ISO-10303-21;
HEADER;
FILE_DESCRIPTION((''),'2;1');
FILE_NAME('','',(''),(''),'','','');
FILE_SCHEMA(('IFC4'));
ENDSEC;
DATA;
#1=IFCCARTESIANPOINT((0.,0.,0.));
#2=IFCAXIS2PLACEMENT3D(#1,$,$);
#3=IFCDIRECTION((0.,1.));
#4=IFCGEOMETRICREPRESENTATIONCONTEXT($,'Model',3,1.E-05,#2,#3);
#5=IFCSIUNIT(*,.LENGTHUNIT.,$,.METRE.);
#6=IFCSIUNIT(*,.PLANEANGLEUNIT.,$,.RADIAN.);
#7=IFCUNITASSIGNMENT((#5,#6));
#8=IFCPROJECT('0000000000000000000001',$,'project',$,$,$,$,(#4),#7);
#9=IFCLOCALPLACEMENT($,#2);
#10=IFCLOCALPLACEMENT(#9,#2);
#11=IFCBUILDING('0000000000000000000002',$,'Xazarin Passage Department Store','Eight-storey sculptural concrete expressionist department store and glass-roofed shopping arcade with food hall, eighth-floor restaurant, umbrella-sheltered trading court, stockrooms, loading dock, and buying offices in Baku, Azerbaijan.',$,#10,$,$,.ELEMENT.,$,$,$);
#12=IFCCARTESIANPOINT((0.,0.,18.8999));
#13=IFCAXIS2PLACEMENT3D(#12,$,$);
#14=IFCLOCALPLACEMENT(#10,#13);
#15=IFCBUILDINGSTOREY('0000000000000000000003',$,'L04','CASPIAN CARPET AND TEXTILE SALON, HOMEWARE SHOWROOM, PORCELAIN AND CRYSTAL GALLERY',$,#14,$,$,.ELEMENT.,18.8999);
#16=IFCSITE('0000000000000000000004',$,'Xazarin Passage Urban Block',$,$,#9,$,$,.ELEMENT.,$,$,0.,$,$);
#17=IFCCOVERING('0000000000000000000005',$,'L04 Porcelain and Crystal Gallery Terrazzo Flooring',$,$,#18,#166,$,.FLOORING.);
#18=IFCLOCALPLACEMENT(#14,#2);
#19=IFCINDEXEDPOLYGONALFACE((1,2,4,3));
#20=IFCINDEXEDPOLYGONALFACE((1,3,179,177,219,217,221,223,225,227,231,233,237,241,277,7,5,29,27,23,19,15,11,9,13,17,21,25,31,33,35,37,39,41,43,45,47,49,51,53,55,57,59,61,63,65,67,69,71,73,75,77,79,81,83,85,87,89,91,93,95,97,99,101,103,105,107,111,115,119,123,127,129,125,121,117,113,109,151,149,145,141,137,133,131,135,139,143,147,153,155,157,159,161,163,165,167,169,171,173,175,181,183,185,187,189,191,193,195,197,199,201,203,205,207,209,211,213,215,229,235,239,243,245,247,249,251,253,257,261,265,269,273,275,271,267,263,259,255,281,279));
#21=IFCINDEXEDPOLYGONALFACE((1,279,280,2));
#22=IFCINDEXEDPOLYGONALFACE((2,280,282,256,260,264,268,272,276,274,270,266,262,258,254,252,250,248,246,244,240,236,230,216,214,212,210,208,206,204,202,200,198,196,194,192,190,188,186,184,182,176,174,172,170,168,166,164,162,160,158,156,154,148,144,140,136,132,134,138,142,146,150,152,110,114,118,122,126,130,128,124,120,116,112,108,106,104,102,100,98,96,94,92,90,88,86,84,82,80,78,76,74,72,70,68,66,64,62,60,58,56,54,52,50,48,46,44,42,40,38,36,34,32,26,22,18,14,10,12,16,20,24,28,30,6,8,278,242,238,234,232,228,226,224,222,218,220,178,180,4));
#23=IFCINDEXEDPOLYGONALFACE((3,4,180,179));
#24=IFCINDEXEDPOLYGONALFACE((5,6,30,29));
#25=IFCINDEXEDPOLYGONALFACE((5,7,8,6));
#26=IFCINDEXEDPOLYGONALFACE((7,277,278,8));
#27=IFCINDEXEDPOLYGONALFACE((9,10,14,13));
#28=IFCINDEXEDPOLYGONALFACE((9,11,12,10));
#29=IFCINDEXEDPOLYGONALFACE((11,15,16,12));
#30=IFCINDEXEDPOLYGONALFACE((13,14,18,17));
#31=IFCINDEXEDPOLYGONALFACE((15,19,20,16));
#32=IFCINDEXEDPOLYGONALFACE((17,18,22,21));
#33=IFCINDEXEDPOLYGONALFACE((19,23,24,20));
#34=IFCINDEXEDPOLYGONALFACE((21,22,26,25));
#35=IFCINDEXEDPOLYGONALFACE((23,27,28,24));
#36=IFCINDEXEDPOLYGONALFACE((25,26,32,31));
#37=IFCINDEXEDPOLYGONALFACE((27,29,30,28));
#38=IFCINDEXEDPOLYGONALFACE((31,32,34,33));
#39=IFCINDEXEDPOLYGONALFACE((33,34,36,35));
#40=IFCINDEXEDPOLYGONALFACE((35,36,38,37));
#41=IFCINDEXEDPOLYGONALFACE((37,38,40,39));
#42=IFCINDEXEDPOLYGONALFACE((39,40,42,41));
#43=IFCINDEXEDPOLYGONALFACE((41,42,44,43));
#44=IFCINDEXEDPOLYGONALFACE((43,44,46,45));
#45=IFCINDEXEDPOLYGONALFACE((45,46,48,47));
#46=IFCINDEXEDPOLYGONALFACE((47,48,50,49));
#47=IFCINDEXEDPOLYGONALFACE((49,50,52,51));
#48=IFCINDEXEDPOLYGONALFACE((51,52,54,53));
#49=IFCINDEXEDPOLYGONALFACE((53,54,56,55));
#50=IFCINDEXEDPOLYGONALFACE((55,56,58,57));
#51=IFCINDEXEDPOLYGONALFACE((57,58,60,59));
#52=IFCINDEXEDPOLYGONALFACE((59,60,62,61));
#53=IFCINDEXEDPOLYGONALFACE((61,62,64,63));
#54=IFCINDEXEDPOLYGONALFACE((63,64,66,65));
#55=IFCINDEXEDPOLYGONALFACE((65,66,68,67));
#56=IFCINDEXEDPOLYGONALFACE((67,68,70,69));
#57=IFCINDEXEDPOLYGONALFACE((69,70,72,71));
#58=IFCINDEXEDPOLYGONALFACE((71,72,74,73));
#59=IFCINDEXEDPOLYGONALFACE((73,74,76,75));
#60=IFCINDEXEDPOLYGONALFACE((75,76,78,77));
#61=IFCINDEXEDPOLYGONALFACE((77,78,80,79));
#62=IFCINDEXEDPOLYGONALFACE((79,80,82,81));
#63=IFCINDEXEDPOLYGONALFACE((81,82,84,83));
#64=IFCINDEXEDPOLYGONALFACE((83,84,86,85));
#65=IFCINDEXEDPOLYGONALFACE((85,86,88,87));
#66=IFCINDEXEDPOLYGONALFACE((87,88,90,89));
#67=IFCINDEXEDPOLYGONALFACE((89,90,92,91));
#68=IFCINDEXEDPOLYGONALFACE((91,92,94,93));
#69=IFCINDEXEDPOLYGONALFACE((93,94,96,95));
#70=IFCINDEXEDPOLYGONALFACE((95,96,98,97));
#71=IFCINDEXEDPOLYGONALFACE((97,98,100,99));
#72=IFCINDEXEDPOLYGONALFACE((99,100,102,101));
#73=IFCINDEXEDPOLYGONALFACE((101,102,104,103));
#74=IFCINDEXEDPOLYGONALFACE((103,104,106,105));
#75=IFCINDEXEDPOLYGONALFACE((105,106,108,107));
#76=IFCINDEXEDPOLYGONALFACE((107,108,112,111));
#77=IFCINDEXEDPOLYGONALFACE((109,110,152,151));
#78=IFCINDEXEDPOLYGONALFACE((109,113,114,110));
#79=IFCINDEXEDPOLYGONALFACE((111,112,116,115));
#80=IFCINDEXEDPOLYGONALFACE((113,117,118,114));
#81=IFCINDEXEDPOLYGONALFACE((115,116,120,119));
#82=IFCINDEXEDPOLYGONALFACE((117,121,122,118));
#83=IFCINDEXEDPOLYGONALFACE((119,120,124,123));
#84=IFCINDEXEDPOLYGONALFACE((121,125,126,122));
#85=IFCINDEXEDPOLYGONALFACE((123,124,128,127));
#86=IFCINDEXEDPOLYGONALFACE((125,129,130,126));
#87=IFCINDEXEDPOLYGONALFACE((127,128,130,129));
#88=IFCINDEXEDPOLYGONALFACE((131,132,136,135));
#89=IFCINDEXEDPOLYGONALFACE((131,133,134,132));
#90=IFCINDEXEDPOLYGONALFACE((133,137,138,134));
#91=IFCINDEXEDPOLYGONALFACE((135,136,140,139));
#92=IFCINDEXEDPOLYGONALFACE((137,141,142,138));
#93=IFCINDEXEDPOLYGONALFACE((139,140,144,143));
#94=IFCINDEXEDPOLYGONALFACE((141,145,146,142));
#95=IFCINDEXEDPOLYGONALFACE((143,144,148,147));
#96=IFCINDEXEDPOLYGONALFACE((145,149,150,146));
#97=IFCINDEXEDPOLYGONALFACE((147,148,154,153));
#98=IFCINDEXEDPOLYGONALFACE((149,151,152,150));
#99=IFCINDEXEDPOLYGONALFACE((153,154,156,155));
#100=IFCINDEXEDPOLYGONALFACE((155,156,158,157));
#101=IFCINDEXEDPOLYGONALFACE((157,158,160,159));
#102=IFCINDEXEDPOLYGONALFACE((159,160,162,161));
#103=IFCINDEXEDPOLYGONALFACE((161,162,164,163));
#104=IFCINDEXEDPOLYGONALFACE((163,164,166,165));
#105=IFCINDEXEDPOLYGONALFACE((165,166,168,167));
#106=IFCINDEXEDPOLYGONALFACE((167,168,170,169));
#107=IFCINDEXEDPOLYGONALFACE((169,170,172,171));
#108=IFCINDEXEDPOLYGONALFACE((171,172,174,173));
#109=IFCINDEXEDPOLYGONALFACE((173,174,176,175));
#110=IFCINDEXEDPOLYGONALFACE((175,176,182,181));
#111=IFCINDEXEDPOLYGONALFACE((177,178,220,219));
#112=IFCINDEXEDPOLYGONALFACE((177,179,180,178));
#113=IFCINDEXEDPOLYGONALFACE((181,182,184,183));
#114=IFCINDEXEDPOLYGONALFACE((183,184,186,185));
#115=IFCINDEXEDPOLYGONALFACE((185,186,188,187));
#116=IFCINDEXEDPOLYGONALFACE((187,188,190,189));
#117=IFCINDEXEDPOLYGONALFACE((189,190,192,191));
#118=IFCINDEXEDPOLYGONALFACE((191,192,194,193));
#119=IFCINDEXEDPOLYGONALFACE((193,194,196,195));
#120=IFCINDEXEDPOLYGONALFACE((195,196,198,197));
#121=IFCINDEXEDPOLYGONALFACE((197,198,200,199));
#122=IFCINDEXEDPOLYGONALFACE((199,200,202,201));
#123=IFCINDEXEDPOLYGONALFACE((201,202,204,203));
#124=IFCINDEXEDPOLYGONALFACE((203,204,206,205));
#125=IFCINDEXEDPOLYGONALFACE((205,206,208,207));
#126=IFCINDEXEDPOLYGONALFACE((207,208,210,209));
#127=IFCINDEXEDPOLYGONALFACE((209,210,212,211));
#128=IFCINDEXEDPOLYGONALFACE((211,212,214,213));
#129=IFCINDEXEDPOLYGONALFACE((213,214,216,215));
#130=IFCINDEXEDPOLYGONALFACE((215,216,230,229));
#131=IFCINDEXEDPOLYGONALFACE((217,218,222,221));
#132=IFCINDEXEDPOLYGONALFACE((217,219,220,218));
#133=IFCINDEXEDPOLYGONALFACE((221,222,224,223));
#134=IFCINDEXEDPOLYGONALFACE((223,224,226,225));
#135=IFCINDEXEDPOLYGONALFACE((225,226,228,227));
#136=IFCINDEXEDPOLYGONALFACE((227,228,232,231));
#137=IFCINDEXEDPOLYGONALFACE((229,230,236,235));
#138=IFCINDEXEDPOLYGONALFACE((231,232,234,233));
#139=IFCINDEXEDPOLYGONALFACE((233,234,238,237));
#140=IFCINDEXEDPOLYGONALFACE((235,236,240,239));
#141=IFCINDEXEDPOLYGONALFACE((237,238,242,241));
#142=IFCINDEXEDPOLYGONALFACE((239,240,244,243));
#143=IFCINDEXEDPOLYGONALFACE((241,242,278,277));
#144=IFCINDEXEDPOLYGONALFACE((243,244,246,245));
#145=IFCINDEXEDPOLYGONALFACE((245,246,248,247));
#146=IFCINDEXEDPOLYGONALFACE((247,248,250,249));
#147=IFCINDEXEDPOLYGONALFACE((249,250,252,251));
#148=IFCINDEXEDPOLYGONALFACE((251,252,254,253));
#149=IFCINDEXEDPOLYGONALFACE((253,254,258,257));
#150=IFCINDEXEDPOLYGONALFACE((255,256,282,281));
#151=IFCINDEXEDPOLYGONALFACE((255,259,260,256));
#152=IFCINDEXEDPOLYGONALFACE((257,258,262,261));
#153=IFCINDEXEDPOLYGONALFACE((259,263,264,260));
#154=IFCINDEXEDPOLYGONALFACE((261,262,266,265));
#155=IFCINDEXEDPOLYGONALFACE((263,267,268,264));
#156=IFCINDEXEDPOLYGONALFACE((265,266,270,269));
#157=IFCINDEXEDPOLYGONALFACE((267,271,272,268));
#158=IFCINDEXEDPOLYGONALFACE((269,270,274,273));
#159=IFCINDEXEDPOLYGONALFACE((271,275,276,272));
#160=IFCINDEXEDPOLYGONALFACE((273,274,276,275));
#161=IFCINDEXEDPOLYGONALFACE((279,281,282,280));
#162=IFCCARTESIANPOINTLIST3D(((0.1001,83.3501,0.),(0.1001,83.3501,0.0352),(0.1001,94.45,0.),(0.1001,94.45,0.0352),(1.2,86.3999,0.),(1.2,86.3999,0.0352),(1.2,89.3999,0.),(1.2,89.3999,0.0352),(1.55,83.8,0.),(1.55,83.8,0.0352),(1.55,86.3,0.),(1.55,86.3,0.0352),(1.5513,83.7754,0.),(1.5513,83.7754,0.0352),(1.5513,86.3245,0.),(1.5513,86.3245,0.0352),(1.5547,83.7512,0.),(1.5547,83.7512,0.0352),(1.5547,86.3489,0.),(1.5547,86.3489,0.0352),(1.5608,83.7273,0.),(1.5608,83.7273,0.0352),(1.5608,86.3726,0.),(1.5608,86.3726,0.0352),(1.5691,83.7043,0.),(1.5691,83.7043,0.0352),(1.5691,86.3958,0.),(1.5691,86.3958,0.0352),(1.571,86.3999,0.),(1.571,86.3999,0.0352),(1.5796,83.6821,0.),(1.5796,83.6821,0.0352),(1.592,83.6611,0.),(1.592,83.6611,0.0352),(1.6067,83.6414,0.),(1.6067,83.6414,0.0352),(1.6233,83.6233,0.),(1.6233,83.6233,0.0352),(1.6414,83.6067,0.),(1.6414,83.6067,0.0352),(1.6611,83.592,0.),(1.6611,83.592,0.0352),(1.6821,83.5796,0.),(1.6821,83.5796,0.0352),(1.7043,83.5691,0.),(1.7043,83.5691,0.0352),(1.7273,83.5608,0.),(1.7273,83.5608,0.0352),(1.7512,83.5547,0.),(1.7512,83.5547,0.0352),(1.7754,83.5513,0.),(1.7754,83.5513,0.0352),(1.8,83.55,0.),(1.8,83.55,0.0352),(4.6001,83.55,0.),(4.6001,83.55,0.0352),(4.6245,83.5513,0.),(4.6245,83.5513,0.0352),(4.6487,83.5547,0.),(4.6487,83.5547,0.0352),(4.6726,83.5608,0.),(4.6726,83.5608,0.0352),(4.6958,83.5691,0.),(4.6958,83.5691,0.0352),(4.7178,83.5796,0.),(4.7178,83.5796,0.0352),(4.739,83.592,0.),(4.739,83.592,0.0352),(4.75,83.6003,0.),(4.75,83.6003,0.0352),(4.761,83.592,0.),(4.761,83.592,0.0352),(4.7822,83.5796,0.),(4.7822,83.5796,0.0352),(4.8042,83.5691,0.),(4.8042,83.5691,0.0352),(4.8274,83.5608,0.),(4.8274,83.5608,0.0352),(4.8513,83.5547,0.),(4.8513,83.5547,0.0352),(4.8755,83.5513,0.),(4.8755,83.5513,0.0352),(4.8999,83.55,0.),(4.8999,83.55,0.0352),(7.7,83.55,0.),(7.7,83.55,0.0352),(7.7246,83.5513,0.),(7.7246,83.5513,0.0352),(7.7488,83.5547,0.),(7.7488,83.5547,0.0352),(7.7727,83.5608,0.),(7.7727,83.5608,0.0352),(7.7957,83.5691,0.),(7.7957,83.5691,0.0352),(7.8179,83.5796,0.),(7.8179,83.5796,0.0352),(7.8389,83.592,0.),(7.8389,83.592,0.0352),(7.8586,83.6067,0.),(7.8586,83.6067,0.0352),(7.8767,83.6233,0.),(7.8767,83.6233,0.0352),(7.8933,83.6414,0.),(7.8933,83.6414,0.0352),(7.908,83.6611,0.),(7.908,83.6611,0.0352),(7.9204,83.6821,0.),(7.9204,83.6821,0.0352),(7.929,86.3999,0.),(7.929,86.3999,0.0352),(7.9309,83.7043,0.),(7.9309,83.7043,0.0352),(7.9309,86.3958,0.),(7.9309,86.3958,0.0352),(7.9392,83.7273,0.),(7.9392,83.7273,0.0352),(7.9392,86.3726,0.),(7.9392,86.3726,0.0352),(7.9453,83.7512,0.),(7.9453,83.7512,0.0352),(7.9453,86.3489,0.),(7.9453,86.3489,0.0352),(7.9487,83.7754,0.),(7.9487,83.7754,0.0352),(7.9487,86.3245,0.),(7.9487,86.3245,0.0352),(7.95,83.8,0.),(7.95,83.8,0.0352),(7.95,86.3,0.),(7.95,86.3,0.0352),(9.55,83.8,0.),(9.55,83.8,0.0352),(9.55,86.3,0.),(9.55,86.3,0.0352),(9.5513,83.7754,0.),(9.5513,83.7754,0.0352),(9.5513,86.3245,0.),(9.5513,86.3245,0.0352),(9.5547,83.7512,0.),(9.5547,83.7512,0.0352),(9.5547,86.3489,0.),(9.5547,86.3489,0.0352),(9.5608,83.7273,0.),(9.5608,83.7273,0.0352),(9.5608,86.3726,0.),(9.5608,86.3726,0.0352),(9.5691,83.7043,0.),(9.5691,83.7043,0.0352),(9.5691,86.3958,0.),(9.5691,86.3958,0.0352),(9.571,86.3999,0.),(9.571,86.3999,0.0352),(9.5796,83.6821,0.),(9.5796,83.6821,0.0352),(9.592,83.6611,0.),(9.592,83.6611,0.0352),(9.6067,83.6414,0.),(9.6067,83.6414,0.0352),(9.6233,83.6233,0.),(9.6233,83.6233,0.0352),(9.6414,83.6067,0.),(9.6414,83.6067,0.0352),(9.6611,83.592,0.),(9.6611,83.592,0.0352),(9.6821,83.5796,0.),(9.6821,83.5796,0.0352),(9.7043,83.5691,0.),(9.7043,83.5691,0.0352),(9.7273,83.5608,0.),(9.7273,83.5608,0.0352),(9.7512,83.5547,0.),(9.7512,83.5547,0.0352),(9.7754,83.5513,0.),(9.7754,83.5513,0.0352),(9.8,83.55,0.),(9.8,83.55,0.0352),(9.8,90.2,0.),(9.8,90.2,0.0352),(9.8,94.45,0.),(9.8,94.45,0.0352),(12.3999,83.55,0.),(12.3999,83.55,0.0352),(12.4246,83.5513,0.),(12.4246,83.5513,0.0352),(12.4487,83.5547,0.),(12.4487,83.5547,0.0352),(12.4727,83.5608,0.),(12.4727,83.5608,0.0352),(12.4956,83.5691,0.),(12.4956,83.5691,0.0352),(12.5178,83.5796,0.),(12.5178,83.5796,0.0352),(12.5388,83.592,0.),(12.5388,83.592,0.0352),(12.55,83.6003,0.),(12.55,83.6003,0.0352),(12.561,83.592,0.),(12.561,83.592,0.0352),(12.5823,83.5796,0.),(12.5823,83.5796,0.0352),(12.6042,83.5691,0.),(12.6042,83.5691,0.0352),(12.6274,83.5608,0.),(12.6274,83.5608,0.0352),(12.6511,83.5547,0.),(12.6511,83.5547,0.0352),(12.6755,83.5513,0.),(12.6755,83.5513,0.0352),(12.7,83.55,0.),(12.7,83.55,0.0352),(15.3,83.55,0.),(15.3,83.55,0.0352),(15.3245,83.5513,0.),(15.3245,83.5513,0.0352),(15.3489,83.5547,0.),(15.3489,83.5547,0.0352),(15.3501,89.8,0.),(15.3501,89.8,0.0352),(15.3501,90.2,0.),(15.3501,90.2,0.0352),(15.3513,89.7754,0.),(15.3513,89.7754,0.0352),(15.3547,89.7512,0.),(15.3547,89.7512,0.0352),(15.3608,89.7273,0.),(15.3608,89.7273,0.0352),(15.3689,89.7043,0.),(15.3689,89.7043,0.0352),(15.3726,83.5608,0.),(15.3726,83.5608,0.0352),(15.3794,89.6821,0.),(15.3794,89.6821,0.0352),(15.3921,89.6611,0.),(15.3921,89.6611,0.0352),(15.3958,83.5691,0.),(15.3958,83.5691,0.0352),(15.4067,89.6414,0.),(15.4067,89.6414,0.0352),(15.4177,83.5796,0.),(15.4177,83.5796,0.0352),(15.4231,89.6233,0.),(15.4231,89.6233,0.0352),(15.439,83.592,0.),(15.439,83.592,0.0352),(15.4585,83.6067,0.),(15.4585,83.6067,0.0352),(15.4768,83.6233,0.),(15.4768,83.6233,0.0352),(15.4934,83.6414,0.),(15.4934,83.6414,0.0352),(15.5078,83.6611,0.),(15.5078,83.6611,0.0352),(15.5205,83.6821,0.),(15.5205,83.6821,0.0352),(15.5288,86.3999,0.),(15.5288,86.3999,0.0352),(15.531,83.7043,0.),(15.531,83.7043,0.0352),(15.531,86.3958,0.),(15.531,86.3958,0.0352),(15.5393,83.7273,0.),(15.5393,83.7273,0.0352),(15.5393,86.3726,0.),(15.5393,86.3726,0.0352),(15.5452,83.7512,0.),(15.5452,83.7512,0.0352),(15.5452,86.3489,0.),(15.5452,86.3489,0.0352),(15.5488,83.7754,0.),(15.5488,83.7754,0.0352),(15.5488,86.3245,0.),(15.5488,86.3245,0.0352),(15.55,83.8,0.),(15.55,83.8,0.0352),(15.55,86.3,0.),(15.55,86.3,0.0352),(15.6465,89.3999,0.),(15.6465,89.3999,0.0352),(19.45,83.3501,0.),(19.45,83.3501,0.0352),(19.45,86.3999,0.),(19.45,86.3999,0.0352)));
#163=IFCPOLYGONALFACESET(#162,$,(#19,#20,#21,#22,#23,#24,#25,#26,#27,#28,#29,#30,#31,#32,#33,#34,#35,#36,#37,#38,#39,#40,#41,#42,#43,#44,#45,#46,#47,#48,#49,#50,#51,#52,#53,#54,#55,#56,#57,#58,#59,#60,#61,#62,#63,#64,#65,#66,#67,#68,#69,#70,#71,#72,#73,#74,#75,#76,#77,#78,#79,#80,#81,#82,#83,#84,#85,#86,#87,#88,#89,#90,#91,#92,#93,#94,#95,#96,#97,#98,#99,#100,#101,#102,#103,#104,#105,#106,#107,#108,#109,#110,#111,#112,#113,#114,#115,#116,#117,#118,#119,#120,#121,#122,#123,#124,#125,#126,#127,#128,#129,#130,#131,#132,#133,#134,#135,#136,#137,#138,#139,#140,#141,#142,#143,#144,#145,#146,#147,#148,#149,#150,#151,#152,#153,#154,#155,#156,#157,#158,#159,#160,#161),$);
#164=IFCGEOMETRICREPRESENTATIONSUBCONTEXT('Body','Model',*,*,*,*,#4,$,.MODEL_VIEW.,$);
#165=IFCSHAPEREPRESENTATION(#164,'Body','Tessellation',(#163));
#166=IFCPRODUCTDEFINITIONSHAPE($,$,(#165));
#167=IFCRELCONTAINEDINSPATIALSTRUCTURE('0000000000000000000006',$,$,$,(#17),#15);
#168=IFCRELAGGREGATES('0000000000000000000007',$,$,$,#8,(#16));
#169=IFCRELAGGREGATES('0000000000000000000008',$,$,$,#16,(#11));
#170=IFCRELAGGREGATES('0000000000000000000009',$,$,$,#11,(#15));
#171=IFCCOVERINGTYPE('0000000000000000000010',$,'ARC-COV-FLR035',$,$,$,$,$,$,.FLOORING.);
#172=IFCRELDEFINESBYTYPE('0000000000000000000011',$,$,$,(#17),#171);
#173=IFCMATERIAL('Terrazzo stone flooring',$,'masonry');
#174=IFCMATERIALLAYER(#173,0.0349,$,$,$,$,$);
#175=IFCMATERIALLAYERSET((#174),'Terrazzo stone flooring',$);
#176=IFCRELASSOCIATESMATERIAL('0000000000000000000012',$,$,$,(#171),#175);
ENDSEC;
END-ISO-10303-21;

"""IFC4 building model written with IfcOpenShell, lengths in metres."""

from ifc_helpers import new_model, si_unit, direction, frame, origin, place, context, subcontext, project, spatial, polyline, outline, extrude, material, layer, layer_set, type_object, element, save


model = new_model("IFC4")

# Units and contexts
model_context = context("Model", 3, precision=1e-05, world=origin(), true_north=direction((0.0, 1.0)))
body_context = subcontext(model_context, "Body", "Model", "MODEL_VIEW")
ifc_project = project(units=[si_unit("LENGTHUNIT", "METRE"), si_unit("PLANEANGLEUNIT", "RADIAN")], contexts=[model_context])

# Site, building, storey
site_placement = place(None, origin())
site = spatial("IfcSite", under=ifc_project, at=site_placement, Name="Xazarin Passage Urban Block", CompositionType="ELEMENT", RefElevation=0.0)
building_placement = place(site_placement, origin())
building = spatial("IfcBuilding", under=site, at=building_placement, Name="Xazarin Passage Department Store", Description="Eight-storey sculptural concrete expressionist department store and glass-roofed shopping arcade with food hall, eighth-floor restaurant, umbrella-sheltered trading court, stockrooms, loading dock, and buying offices in Baku, Azerbaijan.", CompositionType="ELEMENT")
storey_placement = place(building_placement, frame((0.0, 0.0, 18.8999)))
storey = spatial("IfcBuildingStorey", under=building, at=storey_placement, Name="L04", Description="CASPIAN CARPET AND TEXTILE SALON, HOMEWARE SHOWROOM, PORCELAIN AND CRYSTAL GALLERY", CompositionType="ELEMENT", Elevation=18.8999)

# Covering
ifc_material_1 = material(Name="Terrazzo stone flooring", Category="masonry")
ifc_layer_1 = layer(ifc_material_1, 0.0349)
ifc_layer_set_1 = layer_set([ifc_layer_1], Name="Terrazzo stone flooring")
covering_type_1 = type_object("IfcCoveringType", Name="ARC-COV-FLR035", PredefinedType="FLOORING", material=ifc_layer_set_1)
covering_1_placement = place(storey_placement, origin())
element("IfcCovering", 1, at=covering_1_placement, inside=storey, type_object=covering_type_1, Name="L04 Porcelain and Crystal Gallery Terrazzo Flooring", PredefinedType="FLOORING", context=body_context, shape_type="SweptSolid", body=[
    extrude(outline(polyline([(9.8, 90.2), (9.8, 94.45), (0.1001, 94.45), (0.1001, 83.3501), (19.45, 83.3501), (19.45, 86.3999), (15.5288, 86.3999), (15.531, 86.3958), (15.5393, 86.3726), (15.5452, 86.3489), (15.5488, 86.3245), (15.55, 86.3), (15.55, 83.8), (15.5488, 83.7754), (15.5452, 83.7512), (15.5393, 83.7273), (15.531, 83.7043), (15.5205, 83.6821), (15.5078, 83.6611), (15.4934, 83.6414), (15.4768, 83.6233), (15.4585, 83.6067), (15.439, 83.592), (15.4177, 83.5796), (15.3958, 83.5691), (15.3726, 83.5608), (15.3489, 83.5547), (15.3245, 83.5513), (15.3, 83.55), (12.7, 83.55), (12.6755, 83.5513), (12.6511, 83.5547), (12.6274, 83.5608), (12.6042, 83.5691), (12.5823, 83.5796), (12.561, 83.592), (12.55, 83.6003), (12.5388, 83.592), (12.5178, 83.5796), (12.4956, 83.5691), (12.4727, 83.5608), (12.4487, 83.5547), (12.4246, 83.5513), (12.3999, 83.55), (9.8, 83.55), (9.7754, 83.5513), (9.7512, 83.5547), (9.7273, 83.5608), (9.7043, 83.5691), (9.6821, 83.5796), (9.6611, 83.592), (9.6414, 83.6067), (9.6233, 83.6233), (9.6067, 83.6414), (9.592, 83.6611), (9.5796, 83.6821), (9.5691, 83.7043), (9.5608, 83.7273), (9.5547, 83.7512), (9.5513, 83.7754), (9.55, 83.8), (9.55, 86.3), (9.5513, 86.3245), (9.5547, 86.3489), (9.5608, 86.3726), (9.5691, 86.3958), (9.571, 86.3999), (7.929, 86.3999), (7.9309, 86.3958), (7.9392, 86.3726), (7.9453, 86.3489), (7.9487, 86.3245), (7.95, 86.3), (7.95, 83.8), (7.9487, 83.7754), (7.9453, 83.7512), (7.9392, 83.7273), (7.9309, 83.7043), (7.9204, 83.6821), (7.908, 83.6611), (7.8933, 83.6414), (7.8767, 83.6233), (7.8586, 83.6067), (7.8389, 83.592), (7.8179, 83.5796), (7.7957, 83.5691), (7.7727, 83.5608), (7.7488, 83.5547), (7.7246, 83.5513), (7.7, 83.55), (4.8999, 83.55), (4.8755, 83.5513), (4.8513, 83.5547), (4.8274, 83.5608), (4.8042, 83.5691), (4.7822, 83.5796), (4.761, 83.592), (4.75, 83.6003), (4.739, 83.592), (4.7178, 83.5796), (4.6958, 83.5691), (4.6726, 83.5608), (4.6487, 83.5547), (4.6245, 83.5513), (4.6001, 83.55), (1.8, 83.55), (1.7754, 83.5513), (1.7512, 83.5547), (1.7273, 83.5608), (1.7043, 83.5691), (1.6821, 83.5796), (1.6611, 83.592), (1.6414, 83.6067), (1.6233, 83.6233), (1.6067, 83.6414), (1.592, 83.6611), (1.5796, 83.6821), (1.5691, 83.7043), (1.5608, 83.7273), (1.5547, 83.7512), (1.5513, 83.7754), (1.55, 83.8), (1.55, 86.3), (1.5513, 86.3245), (1.5547, 86.3489), (1.5608, 86.3726), (1.5691, 86.3958), (1.571, 86.3999), (1.2, 86.3999), (1.2, 89.3999), (15.6465, 89.3999), (15.4231, 89.6233), (15.4067, 89.6414), (15.3921, 89.6611), (15.3794, 89.6821), (15.3689, 89.7043), (15.3608, 89.7273), (15.3547, 89.7512), (15.3513, 89.7754), (15.3501, 89.8), (15.3501, 90.2), (9.8, 90.2)])), origin(), (0.0, 0.0, 1.0), 0.0352),
])

save(model, "model.ifc")
